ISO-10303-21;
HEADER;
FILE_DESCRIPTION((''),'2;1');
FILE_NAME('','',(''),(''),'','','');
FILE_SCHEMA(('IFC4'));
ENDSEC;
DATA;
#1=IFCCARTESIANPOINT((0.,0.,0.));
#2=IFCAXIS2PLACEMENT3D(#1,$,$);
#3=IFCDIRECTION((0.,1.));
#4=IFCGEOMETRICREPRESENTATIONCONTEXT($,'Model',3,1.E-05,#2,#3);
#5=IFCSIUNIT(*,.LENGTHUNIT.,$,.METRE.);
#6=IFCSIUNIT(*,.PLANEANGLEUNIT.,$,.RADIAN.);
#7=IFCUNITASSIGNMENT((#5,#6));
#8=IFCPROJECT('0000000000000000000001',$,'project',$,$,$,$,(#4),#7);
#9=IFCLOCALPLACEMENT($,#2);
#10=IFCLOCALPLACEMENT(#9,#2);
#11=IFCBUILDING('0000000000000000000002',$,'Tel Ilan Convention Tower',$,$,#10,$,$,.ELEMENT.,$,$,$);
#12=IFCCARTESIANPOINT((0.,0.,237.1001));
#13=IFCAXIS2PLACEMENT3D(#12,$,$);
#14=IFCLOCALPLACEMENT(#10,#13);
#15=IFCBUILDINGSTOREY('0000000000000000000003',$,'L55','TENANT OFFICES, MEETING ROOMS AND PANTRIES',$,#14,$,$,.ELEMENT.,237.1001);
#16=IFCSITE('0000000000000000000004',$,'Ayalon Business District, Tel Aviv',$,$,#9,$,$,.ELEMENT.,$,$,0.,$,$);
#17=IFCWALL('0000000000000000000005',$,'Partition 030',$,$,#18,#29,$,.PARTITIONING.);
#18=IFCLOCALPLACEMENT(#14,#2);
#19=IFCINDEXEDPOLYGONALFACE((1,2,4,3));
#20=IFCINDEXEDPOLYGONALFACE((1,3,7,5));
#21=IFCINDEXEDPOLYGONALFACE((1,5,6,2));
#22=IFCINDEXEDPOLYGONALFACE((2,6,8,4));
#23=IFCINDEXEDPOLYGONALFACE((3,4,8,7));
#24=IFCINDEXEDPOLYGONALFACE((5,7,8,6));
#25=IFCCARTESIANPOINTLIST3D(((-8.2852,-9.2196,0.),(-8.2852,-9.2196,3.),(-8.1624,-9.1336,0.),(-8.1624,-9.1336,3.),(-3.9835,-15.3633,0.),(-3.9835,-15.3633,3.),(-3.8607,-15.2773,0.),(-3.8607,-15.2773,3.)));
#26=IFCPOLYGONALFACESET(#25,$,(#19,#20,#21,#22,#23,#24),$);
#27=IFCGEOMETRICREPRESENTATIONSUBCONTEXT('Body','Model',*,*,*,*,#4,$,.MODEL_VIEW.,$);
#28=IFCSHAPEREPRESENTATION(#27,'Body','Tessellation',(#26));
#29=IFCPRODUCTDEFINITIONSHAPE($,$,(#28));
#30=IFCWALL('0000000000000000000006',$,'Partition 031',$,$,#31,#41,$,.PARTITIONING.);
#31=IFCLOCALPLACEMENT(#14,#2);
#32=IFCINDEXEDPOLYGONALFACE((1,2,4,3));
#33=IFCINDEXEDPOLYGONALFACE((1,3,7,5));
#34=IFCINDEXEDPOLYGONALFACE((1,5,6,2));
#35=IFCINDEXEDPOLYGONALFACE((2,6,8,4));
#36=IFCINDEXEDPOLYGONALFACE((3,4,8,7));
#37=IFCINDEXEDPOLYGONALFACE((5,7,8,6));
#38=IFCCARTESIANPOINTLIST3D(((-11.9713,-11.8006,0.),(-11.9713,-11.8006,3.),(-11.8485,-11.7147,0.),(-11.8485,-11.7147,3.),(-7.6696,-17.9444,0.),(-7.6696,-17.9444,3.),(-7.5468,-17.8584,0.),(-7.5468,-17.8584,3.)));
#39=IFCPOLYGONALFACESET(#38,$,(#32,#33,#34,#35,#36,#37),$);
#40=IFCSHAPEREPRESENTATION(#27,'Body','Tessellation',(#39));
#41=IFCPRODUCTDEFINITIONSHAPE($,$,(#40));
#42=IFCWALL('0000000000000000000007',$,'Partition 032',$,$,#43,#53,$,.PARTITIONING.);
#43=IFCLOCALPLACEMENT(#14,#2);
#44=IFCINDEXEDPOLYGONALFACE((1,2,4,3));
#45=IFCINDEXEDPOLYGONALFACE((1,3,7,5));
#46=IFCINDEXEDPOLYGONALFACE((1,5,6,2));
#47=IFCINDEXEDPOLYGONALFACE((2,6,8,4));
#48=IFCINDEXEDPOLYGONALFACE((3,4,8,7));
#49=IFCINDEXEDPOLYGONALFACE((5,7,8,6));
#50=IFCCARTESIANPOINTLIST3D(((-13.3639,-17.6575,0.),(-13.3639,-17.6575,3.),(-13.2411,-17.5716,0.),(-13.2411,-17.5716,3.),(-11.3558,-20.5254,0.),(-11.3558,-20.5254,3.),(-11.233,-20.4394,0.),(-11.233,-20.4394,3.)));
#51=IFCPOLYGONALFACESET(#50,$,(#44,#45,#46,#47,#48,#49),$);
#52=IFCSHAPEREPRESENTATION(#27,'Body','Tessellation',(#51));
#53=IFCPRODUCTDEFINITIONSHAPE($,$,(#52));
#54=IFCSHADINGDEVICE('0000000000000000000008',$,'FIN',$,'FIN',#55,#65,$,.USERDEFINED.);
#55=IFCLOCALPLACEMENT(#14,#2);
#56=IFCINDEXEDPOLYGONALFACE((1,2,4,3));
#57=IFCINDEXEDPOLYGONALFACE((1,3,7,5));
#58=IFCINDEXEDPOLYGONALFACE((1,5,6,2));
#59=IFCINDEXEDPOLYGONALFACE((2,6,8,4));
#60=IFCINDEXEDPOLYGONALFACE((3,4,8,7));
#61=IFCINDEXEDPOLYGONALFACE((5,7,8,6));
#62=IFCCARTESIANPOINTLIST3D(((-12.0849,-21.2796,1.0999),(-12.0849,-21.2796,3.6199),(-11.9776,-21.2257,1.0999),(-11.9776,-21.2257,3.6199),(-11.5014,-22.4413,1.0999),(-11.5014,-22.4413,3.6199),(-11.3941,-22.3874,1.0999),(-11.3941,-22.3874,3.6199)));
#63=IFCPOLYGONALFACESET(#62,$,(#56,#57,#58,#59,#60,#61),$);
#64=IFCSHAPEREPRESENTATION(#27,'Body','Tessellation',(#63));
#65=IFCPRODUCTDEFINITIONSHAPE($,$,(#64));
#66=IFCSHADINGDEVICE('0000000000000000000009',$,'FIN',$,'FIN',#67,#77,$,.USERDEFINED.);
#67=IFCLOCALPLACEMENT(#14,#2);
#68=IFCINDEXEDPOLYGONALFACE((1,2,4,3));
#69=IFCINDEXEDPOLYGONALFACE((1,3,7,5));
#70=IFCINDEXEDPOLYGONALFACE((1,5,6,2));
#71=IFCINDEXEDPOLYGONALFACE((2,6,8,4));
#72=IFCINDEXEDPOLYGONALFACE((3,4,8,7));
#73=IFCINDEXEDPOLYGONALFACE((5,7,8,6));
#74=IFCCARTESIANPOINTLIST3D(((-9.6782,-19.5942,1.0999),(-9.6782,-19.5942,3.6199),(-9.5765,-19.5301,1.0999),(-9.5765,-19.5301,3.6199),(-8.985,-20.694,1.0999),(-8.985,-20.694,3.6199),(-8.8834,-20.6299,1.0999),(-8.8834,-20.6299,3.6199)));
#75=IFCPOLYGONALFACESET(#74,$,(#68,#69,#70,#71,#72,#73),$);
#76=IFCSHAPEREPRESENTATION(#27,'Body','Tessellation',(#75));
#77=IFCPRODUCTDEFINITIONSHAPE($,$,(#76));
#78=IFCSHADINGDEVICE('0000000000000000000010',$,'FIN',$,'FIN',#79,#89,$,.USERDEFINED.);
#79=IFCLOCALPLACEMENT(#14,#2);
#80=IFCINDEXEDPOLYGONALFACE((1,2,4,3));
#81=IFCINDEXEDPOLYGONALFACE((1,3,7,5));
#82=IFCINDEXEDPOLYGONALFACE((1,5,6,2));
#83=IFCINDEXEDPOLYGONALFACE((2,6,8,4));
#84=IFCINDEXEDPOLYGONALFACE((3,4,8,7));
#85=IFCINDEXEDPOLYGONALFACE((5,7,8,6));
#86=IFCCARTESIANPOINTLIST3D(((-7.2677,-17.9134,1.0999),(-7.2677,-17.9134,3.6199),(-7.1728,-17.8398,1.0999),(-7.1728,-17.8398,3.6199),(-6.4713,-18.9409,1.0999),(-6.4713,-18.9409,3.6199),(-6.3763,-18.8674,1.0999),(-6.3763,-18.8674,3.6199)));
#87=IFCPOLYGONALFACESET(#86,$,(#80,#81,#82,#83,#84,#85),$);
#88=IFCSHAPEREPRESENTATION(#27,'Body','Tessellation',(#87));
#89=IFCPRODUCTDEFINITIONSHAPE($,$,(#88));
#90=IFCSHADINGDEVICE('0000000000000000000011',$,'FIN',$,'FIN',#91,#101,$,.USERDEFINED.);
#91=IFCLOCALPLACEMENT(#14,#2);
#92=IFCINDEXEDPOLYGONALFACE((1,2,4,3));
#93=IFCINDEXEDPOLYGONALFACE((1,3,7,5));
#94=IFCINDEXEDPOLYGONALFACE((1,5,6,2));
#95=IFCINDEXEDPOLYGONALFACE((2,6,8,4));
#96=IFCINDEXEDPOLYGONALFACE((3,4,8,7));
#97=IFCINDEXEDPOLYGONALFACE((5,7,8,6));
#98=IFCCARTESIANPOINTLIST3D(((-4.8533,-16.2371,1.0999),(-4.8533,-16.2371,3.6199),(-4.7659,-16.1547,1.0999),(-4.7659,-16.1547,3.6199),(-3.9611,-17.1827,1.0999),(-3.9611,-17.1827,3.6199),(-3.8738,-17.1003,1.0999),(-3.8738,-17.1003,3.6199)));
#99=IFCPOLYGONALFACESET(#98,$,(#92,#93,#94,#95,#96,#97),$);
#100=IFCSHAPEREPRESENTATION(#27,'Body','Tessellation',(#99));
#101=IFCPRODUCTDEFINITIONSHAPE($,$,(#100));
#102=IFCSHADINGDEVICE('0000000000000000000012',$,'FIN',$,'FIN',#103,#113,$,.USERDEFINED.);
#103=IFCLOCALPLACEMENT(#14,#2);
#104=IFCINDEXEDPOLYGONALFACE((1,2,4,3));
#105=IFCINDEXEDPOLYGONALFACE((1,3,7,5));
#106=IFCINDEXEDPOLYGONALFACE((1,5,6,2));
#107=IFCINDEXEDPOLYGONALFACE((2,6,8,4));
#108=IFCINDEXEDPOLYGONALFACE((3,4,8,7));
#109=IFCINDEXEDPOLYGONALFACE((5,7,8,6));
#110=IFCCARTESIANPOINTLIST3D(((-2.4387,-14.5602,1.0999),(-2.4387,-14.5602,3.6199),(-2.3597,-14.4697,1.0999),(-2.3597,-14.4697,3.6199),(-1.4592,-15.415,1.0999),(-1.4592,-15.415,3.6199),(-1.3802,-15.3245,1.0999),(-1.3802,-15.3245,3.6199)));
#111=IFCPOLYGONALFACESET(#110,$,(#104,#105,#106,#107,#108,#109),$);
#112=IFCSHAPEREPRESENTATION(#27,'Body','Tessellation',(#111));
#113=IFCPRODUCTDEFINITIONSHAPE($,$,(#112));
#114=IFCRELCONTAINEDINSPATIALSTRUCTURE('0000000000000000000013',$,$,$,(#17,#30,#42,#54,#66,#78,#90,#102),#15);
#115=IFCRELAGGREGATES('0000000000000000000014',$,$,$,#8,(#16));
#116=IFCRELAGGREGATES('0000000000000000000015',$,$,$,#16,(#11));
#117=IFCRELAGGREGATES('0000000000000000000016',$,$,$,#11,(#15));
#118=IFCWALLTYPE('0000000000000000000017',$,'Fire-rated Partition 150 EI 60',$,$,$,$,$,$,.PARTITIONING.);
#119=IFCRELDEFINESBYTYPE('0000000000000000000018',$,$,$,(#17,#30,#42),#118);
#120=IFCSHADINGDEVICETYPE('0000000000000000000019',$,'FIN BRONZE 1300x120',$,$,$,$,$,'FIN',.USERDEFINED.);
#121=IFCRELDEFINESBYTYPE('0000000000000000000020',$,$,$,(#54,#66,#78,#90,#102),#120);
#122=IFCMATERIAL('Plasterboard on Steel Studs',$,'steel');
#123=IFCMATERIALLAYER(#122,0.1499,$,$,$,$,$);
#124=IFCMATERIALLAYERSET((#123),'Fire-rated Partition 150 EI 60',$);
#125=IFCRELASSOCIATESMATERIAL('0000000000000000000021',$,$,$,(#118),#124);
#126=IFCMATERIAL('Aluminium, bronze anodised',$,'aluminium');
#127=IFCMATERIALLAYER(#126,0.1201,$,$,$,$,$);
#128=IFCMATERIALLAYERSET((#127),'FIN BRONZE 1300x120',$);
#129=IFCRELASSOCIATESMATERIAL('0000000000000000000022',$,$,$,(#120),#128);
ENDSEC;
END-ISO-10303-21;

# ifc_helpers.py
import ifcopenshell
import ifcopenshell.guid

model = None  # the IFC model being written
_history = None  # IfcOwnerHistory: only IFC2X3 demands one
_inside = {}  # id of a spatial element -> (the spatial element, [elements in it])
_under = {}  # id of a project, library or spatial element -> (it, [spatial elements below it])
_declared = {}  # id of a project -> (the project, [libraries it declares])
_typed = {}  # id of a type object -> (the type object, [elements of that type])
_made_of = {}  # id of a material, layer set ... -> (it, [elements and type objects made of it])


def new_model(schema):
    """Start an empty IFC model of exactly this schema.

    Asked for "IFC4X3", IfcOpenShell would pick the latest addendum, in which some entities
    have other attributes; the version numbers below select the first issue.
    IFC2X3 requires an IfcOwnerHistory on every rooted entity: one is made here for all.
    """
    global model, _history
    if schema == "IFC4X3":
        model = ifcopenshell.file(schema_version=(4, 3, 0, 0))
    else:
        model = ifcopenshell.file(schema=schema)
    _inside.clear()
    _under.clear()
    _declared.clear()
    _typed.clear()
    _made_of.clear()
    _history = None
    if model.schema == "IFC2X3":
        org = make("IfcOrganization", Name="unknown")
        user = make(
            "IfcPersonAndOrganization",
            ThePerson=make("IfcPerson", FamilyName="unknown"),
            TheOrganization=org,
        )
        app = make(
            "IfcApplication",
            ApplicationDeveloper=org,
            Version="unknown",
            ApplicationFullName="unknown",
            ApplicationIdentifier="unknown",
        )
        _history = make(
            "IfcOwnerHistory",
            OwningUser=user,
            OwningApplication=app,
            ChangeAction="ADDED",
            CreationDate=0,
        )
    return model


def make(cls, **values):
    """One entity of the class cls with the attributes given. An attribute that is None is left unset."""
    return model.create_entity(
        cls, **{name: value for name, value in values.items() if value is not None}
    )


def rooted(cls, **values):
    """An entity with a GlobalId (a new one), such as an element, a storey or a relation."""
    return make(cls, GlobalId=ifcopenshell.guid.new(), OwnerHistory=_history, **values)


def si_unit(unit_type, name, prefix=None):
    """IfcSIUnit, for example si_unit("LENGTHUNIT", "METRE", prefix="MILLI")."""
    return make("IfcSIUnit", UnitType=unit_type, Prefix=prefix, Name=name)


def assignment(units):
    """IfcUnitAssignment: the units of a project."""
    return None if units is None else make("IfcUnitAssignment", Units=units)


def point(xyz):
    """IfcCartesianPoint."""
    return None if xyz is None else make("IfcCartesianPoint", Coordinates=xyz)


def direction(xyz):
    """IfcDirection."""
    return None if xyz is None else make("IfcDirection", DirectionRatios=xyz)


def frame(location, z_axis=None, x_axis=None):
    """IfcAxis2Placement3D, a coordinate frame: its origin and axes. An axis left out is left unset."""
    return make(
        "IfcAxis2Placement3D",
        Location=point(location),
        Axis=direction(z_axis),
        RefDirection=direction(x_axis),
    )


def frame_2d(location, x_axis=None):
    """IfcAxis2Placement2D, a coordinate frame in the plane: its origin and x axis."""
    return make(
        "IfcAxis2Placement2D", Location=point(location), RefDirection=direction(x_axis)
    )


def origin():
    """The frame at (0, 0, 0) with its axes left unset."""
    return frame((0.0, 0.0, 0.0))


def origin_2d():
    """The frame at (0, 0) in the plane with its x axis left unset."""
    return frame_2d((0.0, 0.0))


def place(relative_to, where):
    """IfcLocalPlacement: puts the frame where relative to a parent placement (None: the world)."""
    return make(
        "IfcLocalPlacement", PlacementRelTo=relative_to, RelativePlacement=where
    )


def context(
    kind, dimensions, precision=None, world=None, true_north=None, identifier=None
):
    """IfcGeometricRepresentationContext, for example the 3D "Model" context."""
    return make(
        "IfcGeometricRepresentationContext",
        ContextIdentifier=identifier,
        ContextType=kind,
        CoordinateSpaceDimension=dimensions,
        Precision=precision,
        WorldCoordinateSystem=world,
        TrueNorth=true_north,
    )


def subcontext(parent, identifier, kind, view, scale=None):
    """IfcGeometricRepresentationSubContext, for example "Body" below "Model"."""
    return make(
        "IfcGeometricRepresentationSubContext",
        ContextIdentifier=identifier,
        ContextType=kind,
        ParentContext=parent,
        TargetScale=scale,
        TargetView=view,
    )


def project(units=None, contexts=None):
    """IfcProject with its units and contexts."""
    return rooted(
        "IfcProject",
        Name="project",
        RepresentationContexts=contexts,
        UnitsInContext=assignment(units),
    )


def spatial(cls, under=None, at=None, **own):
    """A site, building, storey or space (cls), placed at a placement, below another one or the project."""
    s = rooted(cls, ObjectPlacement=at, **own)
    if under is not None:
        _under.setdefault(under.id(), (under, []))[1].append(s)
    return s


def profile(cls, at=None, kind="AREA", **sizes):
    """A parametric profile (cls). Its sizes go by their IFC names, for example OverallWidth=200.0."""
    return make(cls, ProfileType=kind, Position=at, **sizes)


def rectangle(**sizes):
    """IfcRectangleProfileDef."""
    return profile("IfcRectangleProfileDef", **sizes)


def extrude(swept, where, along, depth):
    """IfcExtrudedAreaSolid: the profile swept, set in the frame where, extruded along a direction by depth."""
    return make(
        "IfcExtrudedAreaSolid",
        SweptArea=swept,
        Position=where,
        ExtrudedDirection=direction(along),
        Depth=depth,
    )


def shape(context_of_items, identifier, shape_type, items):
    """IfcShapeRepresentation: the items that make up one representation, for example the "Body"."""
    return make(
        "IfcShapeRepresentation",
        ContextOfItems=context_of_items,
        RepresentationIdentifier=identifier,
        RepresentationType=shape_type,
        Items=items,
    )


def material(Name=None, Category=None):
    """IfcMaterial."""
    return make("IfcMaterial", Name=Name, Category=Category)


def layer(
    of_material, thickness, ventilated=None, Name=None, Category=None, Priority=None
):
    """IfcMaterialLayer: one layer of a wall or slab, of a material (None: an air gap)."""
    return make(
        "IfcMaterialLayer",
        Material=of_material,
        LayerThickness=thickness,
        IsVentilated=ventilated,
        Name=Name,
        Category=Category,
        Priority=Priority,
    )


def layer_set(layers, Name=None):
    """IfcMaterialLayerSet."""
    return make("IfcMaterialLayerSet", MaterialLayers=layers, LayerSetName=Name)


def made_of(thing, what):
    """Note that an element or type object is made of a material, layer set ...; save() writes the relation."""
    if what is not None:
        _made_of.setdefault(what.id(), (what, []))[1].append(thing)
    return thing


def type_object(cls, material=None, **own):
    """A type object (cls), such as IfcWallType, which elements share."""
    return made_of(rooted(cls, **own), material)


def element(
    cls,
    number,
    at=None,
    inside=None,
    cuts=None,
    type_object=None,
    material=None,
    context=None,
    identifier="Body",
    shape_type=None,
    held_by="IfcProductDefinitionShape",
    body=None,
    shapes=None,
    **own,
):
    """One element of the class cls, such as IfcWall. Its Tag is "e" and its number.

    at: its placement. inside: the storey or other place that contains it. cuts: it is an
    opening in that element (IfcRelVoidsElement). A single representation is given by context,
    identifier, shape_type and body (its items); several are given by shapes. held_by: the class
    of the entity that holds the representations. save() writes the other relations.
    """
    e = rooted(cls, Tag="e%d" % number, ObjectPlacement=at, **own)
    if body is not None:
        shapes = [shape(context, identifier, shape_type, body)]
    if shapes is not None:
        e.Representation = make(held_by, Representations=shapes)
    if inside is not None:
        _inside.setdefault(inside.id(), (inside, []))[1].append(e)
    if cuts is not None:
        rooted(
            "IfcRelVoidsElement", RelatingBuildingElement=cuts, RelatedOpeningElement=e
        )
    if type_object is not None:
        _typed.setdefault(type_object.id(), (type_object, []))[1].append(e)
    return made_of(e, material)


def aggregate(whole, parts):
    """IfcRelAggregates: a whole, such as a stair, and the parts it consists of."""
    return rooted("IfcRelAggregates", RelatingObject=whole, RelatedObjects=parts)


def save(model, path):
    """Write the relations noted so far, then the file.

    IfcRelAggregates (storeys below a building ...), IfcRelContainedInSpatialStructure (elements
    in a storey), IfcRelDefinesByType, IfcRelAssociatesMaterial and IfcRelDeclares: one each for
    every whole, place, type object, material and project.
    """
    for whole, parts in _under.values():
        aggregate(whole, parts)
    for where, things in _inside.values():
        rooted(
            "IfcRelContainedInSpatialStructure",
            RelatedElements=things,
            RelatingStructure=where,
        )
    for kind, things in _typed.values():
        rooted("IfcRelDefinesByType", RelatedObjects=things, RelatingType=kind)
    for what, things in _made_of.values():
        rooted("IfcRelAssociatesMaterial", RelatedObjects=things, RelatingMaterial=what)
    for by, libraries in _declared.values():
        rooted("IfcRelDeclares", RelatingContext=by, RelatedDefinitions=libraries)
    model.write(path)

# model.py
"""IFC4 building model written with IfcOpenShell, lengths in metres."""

from ifc_helpers import new_model, si_unit, direction, frame, frame_2d, origin, origin_2d, place, context, subcontext, project, spatial, rectangle, extrude, material, layer, layer_set, type_object, element, save


model = new_model("IFC4")

# Units and contexts
model_context = context("Model", 3, precision=1e-05, world=origin(), true_north=direction((0.0, 1.0)))
body_context = subcontext(model_context, "Body", "Model", "MODEL_VIEW")
ifc_project = project(units=[si_unit("LENGTHUNIT", "METRE"), si_unit("PLANEANGLEUNIT", "RADIAN")], contexts=[model_context])

# Site, building, storey
site_placement = place(None, origin())
site = spatial("IfcSite", under=ifc_project, at=site_placement, Name="Ayalon Business District, Tel Aviv", CompositionType="ELEMENT", RefElevation=0.0)
building_placement = place(site_placement, origin())
building = spatial("IfcBuilding", under=site, at=building_placement, Name="Tel Ilan Convention Tower", CompositionType="ELEMENT")
storey_placement = place(building_placement, frame((0.0, 0.0, 237.1001)))
storey = spatial("IfcBuildingStorey", under=building, at=storey_placement, Name="L55", Description="TENANT OFFICES, MEETING ROOMS AND PANTRIES", CompositionType="ELEMENT", Elevation=237.1001)

# Walls
ifc_material_1 = material(Name="Plasterboard on Steel Studs", Category="steel")
ifc_layer_1 = layer(ifc_material_1, 0.1499)
ifc_layer_set_1 = layer_set([ifc_layer_1], Name="Fire-rated Partition 150 EI 60")
wall_type = type_object("IfcWallType", Name="Fire-rated Partition 150 EI 60", PredefinedType="PARTITIONING", material=ifc_layer_set_1)
for number, where, z_axis, x_axis, name in (
    (1, (-3.9221, -15.3203, 0.0), (0.0, 0.0, 1.0), (-0.573561, 0.819163, 0.0), "Partition 030"),
    (2, (-7.6082, -17.9014, 0.0), (0.0, 0.0, 1.0), (-0.573561, 0.819163, 0.0), "Partition 031"),
):
    element("IfcWall", number, at=place(storey_placement, frame(where, z_axis=z_axis, x_axis=x_axis)), inside=storey, type_object=wall_type, Name=name, PredefinedType="PARTITIONING", context=body_context, shape_type="SweptSolid", body=[
        extrude(rectangle(XDim=7.5, YDim=0.1499, at=frame_2d((3.75, 0.0))), origin(), (0.0, 0.0, 1.0), 3.0),
    ])
wall_placement = place(storey_placement, frame((-11.2944, -20.4824, 0.0), z_axis=(0.0, 0.0, 1.0), x_axis=(-0.573561, 0.819163, 0.0)))
element("IfcWall", 3, at=wall_placement, inside=storey, type_object=wall_type, Name="Partition 032", PredefinedType="PARTITIONING", context=body_context, shape_type="SweptSolid", body=[
    extrude(rectangle(XDim=3.501, YDim=0.1499, at=frame_2d((1.7505, 0.0))), origin(), (0.0, 0.0, 1.0), 3.0),
])

# Shading devices
ifc_material_2 = material(Name="Aluminium, bronze anodised", Category="aluminium")
ifc_layer_2 = layer(ifc_material_2, 0.1201)
ifc_layer_set_2 = layer_set([ifc_layer_2], Name="FIN BRONZE 1300x120")
shading_device_type = type_object("IfcShadingDeviceType", Name="FIN BRONZE 1300x120", ElementType="FIN", PredefinedType="USERDEFINED", material=ifc_layer_set_2)
for number, where, z_axis, x_axis, name in (
    (4, (-11.7395, -21.8335, 1.0999), (0.0, 0.0, 1.0), (0.448799, -0.893633, 0.0), "FIN"),
    (5, (-9.2808, -20.1121, 1.0999), (0.0, 0.0, 1.0), (0.533204, -0.845986, 0.0), "FIN"),
    (6, (-6.822, -18.3904, 1.0999), (0.0, 0.0, 1.0), (0.612601, -0.790393, 0.0), "FIN"),
    (7, (-4.3635, -16.6687, 1.0999), (0.0, 0.0, 1.0), (0.686242, -0.727374, 0.0), "FIN"),
    (8, (-1.9094, -14.9424, 1.0999), (0.0, 0.0, 1.0), (0.753436, -0.657521, 0.0), "FIN"),
):
    element("IfcShadingDevice", number, at=place(storey_placement, frame(where, z_axis=z_axis, x_axis=x_axis)), inside=storey, type_object=shading_device_type, Name=name, ObjectType="FIN", PredefinedType="USERDEFINED", context=body_context, shape_type="SweptSolid", body=[
        extrude(rectangle(XDim=1.3, YDim=0.1201, at=origin_2d()), origin(), (0.0, 0.0, 1.0), 2.52),
    ])

save(model, "model.ifc")
